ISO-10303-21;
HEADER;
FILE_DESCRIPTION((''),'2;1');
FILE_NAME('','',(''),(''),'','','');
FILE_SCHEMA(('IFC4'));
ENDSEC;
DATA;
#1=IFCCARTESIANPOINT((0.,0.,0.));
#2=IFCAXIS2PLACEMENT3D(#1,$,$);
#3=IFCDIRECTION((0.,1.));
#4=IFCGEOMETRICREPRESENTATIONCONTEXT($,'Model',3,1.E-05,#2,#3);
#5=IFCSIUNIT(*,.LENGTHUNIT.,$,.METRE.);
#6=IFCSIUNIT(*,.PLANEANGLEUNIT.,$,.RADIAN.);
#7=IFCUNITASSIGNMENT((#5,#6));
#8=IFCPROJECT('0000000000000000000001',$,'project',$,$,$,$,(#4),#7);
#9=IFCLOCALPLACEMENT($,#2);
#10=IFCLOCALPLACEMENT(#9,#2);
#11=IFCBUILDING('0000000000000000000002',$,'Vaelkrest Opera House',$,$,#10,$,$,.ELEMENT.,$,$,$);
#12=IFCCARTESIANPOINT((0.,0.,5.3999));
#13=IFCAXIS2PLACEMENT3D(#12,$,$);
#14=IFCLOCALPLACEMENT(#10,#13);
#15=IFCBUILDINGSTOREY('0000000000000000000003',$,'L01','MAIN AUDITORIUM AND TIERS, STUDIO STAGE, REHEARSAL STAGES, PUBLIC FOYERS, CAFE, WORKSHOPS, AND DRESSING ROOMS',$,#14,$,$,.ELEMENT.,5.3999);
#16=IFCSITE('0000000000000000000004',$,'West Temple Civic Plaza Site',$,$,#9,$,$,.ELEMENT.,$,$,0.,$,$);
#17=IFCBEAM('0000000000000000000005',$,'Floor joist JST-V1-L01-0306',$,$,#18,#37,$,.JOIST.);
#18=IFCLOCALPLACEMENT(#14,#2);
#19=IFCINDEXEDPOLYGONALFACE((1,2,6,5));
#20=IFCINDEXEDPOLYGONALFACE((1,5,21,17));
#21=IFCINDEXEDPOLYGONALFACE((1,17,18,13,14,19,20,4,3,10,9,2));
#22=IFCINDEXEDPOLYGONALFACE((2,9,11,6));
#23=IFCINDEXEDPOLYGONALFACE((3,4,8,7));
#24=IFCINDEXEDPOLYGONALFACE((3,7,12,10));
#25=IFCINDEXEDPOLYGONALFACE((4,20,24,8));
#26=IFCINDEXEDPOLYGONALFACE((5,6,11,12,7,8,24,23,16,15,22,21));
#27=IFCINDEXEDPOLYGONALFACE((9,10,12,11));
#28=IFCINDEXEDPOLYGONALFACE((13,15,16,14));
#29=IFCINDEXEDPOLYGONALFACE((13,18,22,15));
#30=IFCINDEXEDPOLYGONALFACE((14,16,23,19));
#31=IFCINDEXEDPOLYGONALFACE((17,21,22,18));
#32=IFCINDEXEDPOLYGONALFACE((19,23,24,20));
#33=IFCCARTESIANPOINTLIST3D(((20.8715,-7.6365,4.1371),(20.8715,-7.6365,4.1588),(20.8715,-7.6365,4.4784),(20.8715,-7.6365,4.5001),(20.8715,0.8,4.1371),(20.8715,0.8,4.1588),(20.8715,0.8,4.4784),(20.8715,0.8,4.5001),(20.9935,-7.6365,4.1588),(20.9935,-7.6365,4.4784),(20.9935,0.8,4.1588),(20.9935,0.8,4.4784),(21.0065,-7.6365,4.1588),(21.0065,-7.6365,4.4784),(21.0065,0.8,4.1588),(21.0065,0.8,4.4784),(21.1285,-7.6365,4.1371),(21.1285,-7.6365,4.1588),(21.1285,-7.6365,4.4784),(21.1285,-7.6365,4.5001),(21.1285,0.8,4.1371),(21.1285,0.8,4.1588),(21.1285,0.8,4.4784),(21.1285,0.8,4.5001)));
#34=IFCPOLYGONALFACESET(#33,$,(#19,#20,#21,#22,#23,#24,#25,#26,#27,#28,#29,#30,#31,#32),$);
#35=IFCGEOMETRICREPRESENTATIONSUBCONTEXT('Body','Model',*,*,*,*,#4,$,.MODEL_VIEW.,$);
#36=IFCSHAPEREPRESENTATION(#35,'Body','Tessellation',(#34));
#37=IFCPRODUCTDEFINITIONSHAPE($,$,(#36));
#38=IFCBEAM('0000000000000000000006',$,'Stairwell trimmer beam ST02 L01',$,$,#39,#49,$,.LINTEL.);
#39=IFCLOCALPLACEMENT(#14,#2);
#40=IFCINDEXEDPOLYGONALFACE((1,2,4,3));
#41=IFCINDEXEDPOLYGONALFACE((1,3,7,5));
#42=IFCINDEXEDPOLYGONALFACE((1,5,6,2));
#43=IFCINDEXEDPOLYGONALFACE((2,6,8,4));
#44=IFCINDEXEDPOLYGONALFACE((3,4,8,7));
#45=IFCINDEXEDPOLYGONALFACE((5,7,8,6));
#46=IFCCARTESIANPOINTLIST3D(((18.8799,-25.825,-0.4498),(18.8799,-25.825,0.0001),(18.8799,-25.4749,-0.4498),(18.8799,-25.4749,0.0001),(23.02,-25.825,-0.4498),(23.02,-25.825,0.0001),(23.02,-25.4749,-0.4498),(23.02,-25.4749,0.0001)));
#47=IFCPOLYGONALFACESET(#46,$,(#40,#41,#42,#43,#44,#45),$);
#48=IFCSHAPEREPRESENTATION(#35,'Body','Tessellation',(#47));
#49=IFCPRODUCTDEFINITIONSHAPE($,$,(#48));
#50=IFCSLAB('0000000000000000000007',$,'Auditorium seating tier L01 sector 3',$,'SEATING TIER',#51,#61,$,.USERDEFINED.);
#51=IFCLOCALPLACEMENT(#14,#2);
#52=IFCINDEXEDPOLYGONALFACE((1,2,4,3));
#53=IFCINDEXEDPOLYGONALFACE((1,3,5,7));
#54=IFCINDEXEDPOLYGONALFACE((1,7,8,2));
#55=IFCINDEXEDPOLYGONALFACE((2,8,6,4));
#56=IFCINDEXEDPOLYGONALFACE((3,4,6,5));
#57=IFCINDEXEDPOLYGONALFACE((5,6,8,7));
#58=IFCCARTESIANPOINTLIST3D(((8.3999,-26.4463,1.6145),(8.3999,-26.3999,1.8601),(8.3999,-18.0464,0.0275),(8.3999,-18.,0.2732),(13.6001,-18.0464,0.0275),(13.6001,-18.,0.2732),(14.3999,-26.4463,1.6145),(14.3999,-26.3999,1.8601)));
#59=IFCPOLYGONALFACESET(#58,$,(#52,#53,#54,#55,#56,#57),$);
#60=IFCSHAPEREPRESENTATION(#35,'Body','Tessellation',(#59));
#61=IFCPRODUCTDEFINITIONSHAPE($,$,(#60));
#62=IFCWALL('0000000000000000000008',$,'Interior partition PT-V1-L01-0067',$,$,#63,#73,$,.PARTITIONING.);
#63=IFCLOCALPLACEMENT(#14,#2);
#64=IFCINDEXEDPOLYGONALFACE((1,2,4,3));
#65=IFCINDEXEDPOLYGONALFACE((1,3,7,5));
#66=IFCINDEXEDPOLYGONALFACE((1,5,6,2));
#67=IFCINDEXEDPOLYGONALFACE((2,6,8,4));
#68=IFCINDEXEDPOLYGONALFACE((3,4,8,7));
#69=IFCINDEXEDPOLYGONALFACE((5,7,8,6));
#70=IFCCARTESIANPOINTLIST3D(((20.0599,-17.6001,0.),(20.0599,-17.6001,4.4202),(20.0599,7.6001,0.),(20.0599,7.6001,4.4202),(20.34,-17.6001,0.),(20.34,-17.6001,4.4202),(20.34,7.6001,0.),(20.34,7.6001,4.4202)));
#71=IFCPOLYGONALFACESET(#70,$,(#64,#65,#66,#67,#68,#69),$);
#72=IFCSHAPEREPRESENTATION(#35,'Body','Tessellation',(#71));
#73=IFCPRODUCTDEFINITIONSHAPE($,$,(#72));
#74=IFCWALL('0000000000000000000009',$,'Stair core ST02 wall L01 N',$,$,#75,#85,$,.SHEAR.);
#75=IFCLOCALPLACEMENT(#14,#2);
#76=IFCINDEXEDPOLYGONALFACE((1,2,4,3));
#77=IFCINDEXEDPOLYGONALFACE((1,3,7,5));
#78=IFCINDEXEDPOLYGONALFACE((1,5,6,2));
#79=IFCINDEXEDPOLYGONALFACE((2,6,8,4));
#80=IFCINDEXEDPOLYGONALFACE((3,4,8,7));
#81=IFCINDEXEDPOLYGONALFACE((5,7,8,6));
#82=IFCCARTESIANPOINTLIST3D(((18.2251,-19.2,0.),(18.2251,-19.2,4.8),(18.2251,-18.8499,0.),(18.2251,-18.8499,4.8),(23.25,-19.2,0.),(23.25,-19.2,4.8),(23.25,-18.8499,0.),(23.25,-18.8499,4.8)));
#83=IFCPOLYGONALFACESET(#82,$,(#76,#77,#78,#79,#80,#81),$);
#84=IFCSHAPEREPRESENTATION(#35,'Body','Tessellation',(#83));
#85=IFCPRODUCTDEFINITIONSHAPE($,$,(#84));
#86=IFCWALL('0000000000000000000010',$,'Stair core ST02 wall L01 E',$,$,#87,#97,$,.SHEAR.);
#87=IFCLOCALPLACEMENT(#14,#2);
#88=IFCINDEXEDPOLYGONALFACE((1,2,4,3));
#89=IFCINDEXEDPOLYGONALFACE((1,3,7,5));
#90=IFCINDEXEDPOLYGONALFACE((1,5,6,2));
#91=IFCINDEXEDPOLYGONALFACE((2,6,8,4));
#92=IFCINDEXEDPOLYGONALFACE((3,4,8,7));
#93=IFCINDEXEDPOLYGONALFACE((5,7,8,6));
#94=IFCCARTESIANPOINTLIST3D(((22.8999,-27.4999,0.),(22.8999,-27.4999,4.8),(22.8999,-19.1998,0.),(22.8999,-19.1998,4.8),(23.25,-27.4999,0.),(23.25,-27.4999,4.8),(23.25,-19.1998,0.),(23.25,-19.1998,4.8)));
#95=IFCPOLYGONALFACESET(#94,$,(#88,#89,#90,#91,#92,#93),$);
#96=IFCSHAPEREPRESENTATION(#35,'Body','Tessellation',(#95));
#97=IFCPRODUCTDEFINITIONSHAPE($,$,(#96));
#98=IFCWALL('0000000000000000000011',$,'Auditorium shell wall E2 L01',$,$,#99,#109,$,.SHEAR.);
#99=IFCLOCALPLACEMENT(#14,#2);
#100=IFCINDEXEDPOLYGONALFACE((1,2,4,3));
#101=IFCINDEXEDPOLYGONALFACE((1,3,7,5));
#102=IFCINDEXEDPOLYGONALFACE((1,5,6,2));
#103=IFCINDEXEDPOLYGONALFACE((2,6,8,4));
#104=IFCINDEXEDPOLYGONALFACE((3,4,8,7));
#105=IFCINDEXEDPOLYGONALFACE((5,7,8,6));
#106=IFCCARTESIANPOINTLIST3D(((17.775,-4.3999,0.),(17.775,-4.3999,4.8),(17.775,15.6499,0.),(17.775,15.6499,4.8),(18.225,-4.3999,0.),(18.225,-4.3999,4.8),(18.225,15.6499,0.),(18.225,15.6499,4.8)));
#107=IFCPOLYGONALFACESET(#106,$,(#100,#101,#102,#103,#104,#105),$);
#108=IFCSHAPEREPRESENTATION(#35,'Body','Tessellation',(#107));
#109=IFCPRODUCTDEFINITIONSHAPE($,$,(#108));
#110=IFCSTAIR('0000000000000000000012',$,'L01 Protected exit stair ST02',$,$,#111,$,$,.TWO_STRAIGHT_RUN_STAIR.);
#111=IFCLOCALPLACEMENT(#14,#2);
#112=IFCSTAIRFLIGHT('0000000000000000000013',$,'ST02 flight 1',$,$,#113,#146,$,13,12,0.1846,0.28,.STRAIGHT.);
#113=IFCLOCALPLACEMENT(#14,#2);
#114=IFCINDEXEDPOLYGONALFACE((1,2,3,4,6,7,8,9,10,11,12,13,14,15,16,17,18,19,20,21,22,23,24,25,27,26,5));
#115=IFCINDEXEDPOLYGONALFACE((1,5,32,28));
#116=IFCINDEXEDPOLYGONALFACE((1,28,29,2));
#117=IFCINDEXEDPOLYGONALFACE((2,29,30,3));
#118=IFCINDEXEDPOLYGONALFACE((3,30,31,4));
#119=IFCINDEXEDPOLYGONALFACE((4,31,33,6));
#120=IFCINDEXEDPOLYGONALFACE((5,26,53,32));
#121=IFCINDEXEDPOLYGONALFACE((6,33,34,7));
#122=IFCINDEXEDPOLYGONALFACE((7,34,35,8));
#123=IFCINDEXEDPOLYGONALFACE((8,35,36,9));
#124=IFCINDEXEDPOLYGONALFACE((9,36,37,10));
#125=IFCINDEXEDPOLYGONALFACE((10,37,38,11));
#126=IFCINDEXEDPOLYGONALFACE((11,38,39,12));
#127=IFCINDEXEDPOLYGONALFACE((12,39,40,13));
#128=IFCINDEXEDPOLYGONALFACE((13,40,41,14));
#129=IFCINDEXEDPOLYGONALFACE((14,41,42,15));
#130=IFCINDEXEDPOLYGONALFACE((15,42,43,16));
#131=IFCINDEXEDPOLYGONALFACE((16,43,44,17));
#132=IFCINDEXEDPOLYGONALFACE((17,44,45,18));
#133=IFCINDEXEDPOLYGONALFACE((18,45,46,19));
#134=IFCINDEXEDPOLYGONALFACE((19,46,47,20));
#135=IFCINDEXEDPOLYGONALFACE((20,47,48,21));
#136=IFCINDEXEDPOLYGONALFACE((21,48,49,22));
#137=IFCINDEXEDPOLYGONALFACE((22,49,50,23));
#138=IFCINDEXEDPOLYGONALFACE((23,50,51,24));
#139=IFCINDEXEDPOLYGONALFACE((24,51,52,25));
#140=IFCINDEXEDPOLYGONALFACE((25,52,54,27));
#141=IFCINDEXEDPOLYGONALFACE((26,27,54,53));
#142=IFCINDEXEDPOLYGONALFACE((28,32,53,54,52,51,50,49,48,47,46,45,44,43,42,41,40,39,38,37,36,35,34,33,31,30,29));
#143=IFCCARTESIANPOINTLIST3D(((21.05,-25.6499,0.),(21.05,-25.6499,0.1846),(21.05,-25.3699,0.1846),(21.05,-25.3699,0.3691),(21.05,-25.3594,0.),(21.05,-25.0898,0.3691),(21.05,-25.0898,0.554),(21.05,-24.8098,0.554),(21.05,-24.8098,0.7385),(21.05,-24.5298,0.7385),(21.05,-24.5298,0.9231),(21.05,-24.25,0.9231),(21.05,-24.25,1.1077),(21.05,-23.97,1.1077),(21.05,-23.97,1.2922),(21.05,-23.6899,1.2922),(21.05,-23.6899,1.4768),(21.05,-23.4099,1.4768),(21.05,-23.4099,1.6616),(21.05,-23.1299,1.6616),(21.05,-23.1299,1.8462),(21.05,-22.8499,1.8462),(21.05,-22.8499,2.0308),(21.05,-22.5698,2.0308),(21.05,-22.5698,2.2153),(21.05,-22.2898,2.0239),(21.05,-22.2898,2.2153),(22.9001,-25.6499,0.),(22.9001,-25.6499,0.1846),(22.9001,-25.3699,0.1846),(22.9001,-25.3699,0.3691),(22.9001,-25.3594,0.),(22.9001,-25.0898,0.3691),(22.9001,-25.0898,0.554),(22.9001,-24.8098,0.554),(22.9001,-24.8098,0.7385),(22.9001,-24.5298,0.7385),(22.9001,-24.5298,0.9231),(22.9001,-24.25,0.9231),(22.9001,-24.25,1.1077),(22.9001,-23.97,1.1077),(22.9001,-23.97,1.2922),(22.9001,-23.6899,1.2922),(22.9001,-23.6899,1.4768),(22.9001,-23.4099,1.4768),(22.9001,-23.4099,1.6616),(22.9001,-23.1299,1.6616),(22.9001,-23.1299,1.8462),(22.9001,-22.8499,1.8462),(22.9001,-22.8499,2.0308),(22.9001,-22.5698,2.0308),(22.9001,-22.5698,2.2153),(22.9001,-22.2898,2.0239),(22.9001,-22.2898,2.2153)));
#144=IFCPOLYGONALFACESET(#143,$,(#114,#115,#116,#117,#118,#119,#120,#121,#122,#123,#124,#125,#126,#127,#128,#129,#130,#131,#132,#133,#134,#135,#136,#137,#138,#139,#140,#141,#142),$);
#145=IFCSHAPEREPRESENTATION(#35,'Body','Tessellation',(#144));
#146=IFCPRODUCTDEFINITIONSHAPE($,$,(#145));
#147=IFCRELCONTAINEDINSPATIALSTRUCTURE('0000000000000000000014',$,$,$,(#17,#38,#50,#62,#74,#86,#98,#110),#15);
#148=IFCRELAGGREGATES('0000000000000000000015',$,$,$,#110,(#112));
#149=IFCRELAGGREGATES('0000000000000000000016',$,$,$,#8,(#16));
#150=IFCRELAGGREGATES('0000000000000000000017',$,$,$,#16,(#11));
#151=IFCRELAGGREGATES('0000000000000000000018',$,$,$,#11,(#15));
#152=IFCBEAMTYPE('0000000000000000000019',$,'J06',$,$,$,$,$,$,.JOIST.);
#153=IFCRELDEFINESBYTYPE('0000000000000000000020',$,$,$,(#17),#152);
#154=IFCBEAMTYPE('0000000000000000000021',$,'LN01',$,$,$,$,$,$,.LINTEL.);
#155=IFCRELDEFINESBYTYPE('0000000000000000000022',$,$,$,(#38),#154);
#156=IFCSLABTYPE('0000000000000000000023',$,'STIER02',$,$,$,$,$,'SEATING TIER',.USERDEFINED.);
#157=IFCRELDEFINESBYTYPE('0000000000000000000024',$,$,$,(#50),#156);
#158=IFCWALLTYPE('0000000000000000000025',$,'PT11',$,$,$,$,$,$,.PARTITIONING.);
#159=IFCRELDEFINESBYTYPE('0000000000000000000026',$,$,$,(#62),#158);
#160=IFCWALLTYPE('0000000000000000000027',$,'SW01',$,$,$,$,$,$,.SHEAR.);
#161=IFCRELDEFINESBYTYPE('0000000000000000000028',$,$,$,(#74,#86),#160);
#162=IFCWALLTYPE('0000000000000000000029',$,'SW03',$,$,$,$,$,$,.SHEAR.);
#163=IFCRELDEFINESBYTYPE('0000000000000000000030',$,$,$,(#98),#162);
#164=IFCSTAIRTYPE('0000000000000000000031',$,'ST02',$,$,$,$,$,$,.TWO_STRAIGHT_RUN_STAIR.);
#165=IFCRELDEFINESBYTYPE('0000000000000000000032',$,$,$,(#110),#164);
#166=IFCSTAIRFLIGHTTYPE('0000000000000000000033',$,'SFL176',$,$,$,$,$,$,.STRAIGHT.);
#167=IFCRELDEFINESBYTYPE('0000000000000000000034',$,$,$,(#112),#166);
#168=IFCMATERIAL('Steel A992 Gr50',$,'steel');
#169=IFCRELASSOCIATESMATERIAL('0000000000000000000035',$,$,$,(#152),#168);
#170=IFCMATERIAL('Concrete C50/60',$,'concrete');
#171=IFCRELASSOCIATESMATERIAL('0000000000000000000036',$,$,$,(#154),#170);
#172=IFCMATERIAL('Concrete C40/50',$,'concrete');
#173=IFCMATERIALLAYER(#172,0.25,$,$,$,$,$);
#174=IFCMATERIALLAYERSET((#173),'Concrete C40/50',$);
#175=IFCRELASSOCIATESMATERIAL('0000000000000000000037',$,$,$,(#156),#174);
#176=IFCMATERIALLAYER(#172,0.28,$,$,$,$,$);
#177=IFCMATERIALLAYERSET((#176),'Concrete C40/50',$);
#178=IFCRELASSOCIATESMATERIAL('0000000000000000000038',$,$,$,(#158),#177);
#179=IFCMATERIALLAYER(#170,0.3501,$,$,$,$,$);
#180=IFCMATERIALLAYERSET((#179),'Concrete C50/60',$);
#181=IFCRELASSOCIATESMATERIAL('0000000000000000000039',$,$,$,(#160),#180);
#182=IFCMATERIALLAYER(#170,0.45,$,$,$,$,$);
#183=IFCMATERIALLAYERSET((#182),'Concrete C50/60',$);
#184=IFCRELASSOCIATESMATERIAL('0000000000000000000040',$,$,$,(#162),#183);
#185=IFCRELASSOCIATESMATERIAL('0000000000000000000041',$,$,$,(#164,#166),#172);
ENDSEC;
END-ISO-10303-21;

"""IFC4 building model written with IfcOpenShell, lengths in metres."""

from ifc_helpers import new_model, si_unit, direction, frame, frame_2d, origin, origin_2d, place, context, subcontext, project, spatial, polyline, rectangle, i_section, outline, extrude, material, layer, layer_set, material_profile, profile_set, type_object, element, aggregate, save


model = new_model("IFC4")

# Units and contexts
model_context = context("Model", 3, precision=1e-05, world=origin(), true_north=direction((0.0, 1.0)))
body_context = subcontext(model_context, "Body", "Model", "MODEL_VIEW")
ifc_project = project(units=[si_unit("LENGTHUNIT", "METRE"), si_unit("PLANEANGLEUNIT", "RADIAN")], contexts=[model_context])

# Site, building, storey
site_placement = place(None, origin())
site = spatial("IfcSite", under=ifc_project, at=site_placement, Name="West Temple Civic Plaza Site", CompositionType="ELEMENT", RefElevation=0.0)
building_placement = place(site_placement, origin())
building = spatial("IfcBuilding", under=site, at=building_placement, Name="Vaelkrest Opera House", CompositionType="ELEMENT")
storey_placement = place(building_placement, frame((0.0, 0.0, 5.3999)))
storey = spatial("IfcBuildingStorey", under=building, at=storey_placement, Name="L01", Description="MAIN AUDITORIUM AND TIERS, STUDIO STAGE, REHEARSAL STAGES, PUBLIC FOYERS, CAFE, WORKSHOPS, AND DRESSING ROOMS", CompositionType="ELEMENT", Elevation=5.3999)

# Shared definitions
ifc_material_1 = material(Name="Concrete C50/60", Category="concrete")

# Beams
ifc_material_2 = material(Name="Steel A992 Gr50", Category="steel")
ifc_material_profile_1 = material_profile(ifc_material_2, i_section(OverallWidth=0.2571, OverallDepth=0.363, WebThickness=0.0129, FlangeThickness=0.0217, at=origin_2d()), Name="W14X82")
ifc_profile_set_1 = profile_set([ifc_material_profile_1], Name="Steel A992 Gr50")
beam_type_1 = type_object("IfcBeamType", Name="J06", PredefinedType="JOIST", material=ifc_profile_set_1)
beam_1_placement = place(storey_placement, frame((21.0, -7.6365, 4.3186), z_axis=(0.0, 1.0, 0.0), x_axis=(-1.0, 0.0, 0.0)))
element("IfcBeam", 1, at=beam_1_placement, inside=storey, type_object=beam_type_1, Name="Floor joist JST-V1-L01-0306", PredefinedType="JOIST", context=body_context, shape_type="SweptSolid", body=[
    extrude(i_section(OverallWidth=0.2571, OverallDepth=0.363, WebThickness=0.0129, FlangeThickness=0.0217, at=origin_2d()), origin(), (0.0, 0.0, 1.0), 8.4365),
])
ifc_material_profile_2 = material_profile(ifc_material_1, rectangle(XDim=0.3501, YDim=0.45, at=origin_2d()), Name="RCB350X450")
ifc_profile_set_2 = profile_set([ifc_material_profile_2], Name="Concrete C50/60")
beam_type_2 = type_object("IfcBeamType", Name="LN01", PredefinedType="LINTEL", material=ifc_profile_set_2)
beam_2_placement = place(storey_placement, frame((18.8799, -25.6499, -0.2249), z_axis=(1.0, 0.0, 0.0), x_axis=(0.0, 1.0, 0.0)))
element("IfcBeam", 2, at=beam_2_placement, inside=storey, type_object=beam_type_2, Name="Stairwell trimmer beam ST02 L01", PredefinedType="LINTEL", context=body_context, shape_type="SweptSolid", body=[
    extrude(rectangle(XDim=0.3501, YDim=0.45, at=origin_2d()), origin(), (0.0, 0.0, 1.0), 4.1401),
])

# Slab
ifc_material_3 = material(Name="Concrete C40/50", Category="concrete")
ifc_layer_1 = layer(ifc_material_3, 0.25)
ifc_layer_set_1 = layer_set([ifc_layer_1], Name="Concrete C40/50")
slab_type = type_object("IfcSlabType", Name="STIER02", ElementType="SEATING TIER", PredefinedType="USERDEFINED", material=ifc_layer_set_1)
slab_placement = place(storey_placement, frame((8.3999, -18.0, 0.2732), z_axis=(0.0, 0.185637, 0.982618), x_axis=(1.0, 0.0, 0.0)))
element("IfcSlab", 3, at=slab_placement, inside=storey, type_object=slab_type, Name="Auditorium seating tier L01 sector 3", ObjectType="SEATING TIER", PredefinedType="USERDEFINED", context=body_context, shape_type="SweptSolid", body=[
    extrude(outline(polyline([(0.0, 0.0), (5.2002, 0.0), (6.0, -8.5485), (0.0, -8.5485), (0.0, 0.0)])), origin(), (0.0, 0.0, -1.0), 0.25),
])

# Walls
ifc_layer_2 = layer(ifc_material_3, 0.28)
ifc_layer_set_2 = layer_set([ifc_layer_2], Name="Concrete C40/50")
wall_type_1 = type_object("IfcWallType", Name="PT11", PredefinedType="PARTITIONING", material=ifc_layer_set_2)
wall_1_placement = place(storey_placement, frame((20.2, -17.6001, 0.0), z_axis=(0.0, 0.0, 1.0), x_axis=(0.0, 1.0, 0.0)))
element("IfcWall", 4, at=wall_1_placement, inside=storey, type_object=wall_type_1, Name="Interior partition PT-V1-L01-0067", PredefinedType="PARTITIONING", context=body_context, shape_type="SweptSolid", body=[
    extrude(rectangle(XDim=25.2002, YDim=0.28, at=frame_2d((12.6001, 0.0))), origin(), (0.0, 0.0, 1.0), 4.4202),
])
ifc_layer_3 = layer(ifc_material_1, 0.3501)
ifc_layer_set_3 = layer_set([ifc_layer_3], Name="Concrete C50/60")
wall_type_2 = type_object("IfcWallType", Name="SW01", PredefinedType="SHEAR", material=ifc_layer_set_3)
wall_2_placement = place(storey_placement, frame((18.2251, -19.0249, 0.0), z_axis=(0.0, 0.0, 1.0), x_axis=(1.0, 0.0, 0.0)))
element("IfcWall", 5, at=wall_2_placement, inside=storey, type_object=wall_type_2, Name="Stair core ST02 wall L01 N", PredefinedType="SHEAR", context=body_context, shape_type="SweptSolid", body=[
    extrude(rectangle(XDim=5.0249, YDim=0.3501, at=frame_2d((2.5125, 0.0))), origin(), (0.0, 0.0, 1.0), 4.8),
])
wall_3_placement = place(storey_placement, frame((23.075, -19.2, 0.0), z_axis=(0.0, 0.0, 1.0), x_axis=(0.0, -1.0, 0.0)))
element("IfcWall", 6, at=wall_3_placement, inside=storey, type_object=wall_type_2, Name="Stair core ST02 wall L01 E", PredefinedType="SHEAR", context=body_context, shape_type="SweptSolid", body=[
    extrude(rectangle(XDim=8.3, YDim=0.3501, at=frame_2d((4.1499, 0.0))), origin(), (0.0, 0.0, 1.0), 4.8),
])
ifc_layer_4 = layer(ifc_material_1, 0.45)
ifc_layer_set_4 = layer_set([ifc_layer_4], Name="Concrete C50/60")
wall_type_3 = type_object("IfcWallType", Name="SW03", PredefinedType="SHEAR", material=ifc_layer_set_4)
wall_4_placement = place(storey_placement, frame((18.0, -4.3999, 0.0), z_axis=(0.0, 0.0, 1.0), x_axis=(0.0, 1.0, 0.0)))
element("IfcWall", 7, at=wall_4_placement, inside=storey, type_object=wall_type_3, Name="Auditorium shell wall E2 L01", PredefinedType="SHEAR", context=body_context, shape_type="SweptSolid", body=[
    extrude(rectangle(XDim=20.0498, YDim=0.45, at=frame_2d((10.0249, 0.0))), origin(), (0.0, 0.0, 1.0), 4.8),
])

# Stair, stair flight
stair_type = type_object("IfcStairType", Name="ST02", PredefinedType="TWO_STRAIGHT_RUN_STAIR", material=ifc_material_3)
stair_placement = place(storey_placement, origin())
stair = element("IfcStair", 8, at=stair_placement, inside=storey, type_object=stair_type, Name="L01 Protected exit stair ST02", PredefinedType="TWO_STRAIGHT_RUN_STAIR")
stair_flight_type = type_object("IfcStairFlightType", Name="SFL176", PredefinedType="STRAIGHT", material=ifc_material_3)
stair_flight_1_placement = place(storey_placement, frame((21.9751, -25.6499, 0.0), z_axis=(0.0, 0.0, 1.0), x_axis=(0.0, 1.0, 0.0)))
stair_flight_1 = element("IfcStairFlight", 9, at=stair_flight_1_placement, type_object=stair_flight_type, Name="ST02 flight 1", NumberOfRisers=13, NumberOfTreads=12, PredefinedType="STRAIGHT", RiserHeight=0.1846, TreadLength=0.28, context=body_context, shape_type="SweptSolid", body=[
    extrude(outline(polyline([(0.0, 0.0), (0.0, 0.1846), (0.28, 0.1846), (0.28, 0.3691), (0.5601, 0.3691), (0.5601, 0.554), (0.8401, 0.554), (0.8401, 0.7385), (1.1201, 0.7385), (1.1201, 0.9231), (1.3999, 0.9231), (1.3999, 1.1077), (1.6799, 1.1077), (1.6799, 1.2922), (1.96, 1.2922), (1.96, 1.4768), (2.24, 1.4768), (2.24, 1.6616), (2.52, 1.6616), (2.52, 1.8462), (2.8, 1.8462), (2.8, 2.0308), (3.0801, 2.0308), (3.0801, 2.2153), (3.3601, 2.2153), (3.3601, 2.3999), (3.3601, 2.0239), (0.2905, 0.0), (0.0, 0.0)])), frame((0.0, 0.925, 0.0), z_axis=(0.0, -1.0, 0.0), x_axis=(1.0, 0.0, 0.0)), (0.0, 0.0, 1.0), 1.8501),
])
aggregate(stair, [stair_flight_1])

save(model, "model.ifc")
